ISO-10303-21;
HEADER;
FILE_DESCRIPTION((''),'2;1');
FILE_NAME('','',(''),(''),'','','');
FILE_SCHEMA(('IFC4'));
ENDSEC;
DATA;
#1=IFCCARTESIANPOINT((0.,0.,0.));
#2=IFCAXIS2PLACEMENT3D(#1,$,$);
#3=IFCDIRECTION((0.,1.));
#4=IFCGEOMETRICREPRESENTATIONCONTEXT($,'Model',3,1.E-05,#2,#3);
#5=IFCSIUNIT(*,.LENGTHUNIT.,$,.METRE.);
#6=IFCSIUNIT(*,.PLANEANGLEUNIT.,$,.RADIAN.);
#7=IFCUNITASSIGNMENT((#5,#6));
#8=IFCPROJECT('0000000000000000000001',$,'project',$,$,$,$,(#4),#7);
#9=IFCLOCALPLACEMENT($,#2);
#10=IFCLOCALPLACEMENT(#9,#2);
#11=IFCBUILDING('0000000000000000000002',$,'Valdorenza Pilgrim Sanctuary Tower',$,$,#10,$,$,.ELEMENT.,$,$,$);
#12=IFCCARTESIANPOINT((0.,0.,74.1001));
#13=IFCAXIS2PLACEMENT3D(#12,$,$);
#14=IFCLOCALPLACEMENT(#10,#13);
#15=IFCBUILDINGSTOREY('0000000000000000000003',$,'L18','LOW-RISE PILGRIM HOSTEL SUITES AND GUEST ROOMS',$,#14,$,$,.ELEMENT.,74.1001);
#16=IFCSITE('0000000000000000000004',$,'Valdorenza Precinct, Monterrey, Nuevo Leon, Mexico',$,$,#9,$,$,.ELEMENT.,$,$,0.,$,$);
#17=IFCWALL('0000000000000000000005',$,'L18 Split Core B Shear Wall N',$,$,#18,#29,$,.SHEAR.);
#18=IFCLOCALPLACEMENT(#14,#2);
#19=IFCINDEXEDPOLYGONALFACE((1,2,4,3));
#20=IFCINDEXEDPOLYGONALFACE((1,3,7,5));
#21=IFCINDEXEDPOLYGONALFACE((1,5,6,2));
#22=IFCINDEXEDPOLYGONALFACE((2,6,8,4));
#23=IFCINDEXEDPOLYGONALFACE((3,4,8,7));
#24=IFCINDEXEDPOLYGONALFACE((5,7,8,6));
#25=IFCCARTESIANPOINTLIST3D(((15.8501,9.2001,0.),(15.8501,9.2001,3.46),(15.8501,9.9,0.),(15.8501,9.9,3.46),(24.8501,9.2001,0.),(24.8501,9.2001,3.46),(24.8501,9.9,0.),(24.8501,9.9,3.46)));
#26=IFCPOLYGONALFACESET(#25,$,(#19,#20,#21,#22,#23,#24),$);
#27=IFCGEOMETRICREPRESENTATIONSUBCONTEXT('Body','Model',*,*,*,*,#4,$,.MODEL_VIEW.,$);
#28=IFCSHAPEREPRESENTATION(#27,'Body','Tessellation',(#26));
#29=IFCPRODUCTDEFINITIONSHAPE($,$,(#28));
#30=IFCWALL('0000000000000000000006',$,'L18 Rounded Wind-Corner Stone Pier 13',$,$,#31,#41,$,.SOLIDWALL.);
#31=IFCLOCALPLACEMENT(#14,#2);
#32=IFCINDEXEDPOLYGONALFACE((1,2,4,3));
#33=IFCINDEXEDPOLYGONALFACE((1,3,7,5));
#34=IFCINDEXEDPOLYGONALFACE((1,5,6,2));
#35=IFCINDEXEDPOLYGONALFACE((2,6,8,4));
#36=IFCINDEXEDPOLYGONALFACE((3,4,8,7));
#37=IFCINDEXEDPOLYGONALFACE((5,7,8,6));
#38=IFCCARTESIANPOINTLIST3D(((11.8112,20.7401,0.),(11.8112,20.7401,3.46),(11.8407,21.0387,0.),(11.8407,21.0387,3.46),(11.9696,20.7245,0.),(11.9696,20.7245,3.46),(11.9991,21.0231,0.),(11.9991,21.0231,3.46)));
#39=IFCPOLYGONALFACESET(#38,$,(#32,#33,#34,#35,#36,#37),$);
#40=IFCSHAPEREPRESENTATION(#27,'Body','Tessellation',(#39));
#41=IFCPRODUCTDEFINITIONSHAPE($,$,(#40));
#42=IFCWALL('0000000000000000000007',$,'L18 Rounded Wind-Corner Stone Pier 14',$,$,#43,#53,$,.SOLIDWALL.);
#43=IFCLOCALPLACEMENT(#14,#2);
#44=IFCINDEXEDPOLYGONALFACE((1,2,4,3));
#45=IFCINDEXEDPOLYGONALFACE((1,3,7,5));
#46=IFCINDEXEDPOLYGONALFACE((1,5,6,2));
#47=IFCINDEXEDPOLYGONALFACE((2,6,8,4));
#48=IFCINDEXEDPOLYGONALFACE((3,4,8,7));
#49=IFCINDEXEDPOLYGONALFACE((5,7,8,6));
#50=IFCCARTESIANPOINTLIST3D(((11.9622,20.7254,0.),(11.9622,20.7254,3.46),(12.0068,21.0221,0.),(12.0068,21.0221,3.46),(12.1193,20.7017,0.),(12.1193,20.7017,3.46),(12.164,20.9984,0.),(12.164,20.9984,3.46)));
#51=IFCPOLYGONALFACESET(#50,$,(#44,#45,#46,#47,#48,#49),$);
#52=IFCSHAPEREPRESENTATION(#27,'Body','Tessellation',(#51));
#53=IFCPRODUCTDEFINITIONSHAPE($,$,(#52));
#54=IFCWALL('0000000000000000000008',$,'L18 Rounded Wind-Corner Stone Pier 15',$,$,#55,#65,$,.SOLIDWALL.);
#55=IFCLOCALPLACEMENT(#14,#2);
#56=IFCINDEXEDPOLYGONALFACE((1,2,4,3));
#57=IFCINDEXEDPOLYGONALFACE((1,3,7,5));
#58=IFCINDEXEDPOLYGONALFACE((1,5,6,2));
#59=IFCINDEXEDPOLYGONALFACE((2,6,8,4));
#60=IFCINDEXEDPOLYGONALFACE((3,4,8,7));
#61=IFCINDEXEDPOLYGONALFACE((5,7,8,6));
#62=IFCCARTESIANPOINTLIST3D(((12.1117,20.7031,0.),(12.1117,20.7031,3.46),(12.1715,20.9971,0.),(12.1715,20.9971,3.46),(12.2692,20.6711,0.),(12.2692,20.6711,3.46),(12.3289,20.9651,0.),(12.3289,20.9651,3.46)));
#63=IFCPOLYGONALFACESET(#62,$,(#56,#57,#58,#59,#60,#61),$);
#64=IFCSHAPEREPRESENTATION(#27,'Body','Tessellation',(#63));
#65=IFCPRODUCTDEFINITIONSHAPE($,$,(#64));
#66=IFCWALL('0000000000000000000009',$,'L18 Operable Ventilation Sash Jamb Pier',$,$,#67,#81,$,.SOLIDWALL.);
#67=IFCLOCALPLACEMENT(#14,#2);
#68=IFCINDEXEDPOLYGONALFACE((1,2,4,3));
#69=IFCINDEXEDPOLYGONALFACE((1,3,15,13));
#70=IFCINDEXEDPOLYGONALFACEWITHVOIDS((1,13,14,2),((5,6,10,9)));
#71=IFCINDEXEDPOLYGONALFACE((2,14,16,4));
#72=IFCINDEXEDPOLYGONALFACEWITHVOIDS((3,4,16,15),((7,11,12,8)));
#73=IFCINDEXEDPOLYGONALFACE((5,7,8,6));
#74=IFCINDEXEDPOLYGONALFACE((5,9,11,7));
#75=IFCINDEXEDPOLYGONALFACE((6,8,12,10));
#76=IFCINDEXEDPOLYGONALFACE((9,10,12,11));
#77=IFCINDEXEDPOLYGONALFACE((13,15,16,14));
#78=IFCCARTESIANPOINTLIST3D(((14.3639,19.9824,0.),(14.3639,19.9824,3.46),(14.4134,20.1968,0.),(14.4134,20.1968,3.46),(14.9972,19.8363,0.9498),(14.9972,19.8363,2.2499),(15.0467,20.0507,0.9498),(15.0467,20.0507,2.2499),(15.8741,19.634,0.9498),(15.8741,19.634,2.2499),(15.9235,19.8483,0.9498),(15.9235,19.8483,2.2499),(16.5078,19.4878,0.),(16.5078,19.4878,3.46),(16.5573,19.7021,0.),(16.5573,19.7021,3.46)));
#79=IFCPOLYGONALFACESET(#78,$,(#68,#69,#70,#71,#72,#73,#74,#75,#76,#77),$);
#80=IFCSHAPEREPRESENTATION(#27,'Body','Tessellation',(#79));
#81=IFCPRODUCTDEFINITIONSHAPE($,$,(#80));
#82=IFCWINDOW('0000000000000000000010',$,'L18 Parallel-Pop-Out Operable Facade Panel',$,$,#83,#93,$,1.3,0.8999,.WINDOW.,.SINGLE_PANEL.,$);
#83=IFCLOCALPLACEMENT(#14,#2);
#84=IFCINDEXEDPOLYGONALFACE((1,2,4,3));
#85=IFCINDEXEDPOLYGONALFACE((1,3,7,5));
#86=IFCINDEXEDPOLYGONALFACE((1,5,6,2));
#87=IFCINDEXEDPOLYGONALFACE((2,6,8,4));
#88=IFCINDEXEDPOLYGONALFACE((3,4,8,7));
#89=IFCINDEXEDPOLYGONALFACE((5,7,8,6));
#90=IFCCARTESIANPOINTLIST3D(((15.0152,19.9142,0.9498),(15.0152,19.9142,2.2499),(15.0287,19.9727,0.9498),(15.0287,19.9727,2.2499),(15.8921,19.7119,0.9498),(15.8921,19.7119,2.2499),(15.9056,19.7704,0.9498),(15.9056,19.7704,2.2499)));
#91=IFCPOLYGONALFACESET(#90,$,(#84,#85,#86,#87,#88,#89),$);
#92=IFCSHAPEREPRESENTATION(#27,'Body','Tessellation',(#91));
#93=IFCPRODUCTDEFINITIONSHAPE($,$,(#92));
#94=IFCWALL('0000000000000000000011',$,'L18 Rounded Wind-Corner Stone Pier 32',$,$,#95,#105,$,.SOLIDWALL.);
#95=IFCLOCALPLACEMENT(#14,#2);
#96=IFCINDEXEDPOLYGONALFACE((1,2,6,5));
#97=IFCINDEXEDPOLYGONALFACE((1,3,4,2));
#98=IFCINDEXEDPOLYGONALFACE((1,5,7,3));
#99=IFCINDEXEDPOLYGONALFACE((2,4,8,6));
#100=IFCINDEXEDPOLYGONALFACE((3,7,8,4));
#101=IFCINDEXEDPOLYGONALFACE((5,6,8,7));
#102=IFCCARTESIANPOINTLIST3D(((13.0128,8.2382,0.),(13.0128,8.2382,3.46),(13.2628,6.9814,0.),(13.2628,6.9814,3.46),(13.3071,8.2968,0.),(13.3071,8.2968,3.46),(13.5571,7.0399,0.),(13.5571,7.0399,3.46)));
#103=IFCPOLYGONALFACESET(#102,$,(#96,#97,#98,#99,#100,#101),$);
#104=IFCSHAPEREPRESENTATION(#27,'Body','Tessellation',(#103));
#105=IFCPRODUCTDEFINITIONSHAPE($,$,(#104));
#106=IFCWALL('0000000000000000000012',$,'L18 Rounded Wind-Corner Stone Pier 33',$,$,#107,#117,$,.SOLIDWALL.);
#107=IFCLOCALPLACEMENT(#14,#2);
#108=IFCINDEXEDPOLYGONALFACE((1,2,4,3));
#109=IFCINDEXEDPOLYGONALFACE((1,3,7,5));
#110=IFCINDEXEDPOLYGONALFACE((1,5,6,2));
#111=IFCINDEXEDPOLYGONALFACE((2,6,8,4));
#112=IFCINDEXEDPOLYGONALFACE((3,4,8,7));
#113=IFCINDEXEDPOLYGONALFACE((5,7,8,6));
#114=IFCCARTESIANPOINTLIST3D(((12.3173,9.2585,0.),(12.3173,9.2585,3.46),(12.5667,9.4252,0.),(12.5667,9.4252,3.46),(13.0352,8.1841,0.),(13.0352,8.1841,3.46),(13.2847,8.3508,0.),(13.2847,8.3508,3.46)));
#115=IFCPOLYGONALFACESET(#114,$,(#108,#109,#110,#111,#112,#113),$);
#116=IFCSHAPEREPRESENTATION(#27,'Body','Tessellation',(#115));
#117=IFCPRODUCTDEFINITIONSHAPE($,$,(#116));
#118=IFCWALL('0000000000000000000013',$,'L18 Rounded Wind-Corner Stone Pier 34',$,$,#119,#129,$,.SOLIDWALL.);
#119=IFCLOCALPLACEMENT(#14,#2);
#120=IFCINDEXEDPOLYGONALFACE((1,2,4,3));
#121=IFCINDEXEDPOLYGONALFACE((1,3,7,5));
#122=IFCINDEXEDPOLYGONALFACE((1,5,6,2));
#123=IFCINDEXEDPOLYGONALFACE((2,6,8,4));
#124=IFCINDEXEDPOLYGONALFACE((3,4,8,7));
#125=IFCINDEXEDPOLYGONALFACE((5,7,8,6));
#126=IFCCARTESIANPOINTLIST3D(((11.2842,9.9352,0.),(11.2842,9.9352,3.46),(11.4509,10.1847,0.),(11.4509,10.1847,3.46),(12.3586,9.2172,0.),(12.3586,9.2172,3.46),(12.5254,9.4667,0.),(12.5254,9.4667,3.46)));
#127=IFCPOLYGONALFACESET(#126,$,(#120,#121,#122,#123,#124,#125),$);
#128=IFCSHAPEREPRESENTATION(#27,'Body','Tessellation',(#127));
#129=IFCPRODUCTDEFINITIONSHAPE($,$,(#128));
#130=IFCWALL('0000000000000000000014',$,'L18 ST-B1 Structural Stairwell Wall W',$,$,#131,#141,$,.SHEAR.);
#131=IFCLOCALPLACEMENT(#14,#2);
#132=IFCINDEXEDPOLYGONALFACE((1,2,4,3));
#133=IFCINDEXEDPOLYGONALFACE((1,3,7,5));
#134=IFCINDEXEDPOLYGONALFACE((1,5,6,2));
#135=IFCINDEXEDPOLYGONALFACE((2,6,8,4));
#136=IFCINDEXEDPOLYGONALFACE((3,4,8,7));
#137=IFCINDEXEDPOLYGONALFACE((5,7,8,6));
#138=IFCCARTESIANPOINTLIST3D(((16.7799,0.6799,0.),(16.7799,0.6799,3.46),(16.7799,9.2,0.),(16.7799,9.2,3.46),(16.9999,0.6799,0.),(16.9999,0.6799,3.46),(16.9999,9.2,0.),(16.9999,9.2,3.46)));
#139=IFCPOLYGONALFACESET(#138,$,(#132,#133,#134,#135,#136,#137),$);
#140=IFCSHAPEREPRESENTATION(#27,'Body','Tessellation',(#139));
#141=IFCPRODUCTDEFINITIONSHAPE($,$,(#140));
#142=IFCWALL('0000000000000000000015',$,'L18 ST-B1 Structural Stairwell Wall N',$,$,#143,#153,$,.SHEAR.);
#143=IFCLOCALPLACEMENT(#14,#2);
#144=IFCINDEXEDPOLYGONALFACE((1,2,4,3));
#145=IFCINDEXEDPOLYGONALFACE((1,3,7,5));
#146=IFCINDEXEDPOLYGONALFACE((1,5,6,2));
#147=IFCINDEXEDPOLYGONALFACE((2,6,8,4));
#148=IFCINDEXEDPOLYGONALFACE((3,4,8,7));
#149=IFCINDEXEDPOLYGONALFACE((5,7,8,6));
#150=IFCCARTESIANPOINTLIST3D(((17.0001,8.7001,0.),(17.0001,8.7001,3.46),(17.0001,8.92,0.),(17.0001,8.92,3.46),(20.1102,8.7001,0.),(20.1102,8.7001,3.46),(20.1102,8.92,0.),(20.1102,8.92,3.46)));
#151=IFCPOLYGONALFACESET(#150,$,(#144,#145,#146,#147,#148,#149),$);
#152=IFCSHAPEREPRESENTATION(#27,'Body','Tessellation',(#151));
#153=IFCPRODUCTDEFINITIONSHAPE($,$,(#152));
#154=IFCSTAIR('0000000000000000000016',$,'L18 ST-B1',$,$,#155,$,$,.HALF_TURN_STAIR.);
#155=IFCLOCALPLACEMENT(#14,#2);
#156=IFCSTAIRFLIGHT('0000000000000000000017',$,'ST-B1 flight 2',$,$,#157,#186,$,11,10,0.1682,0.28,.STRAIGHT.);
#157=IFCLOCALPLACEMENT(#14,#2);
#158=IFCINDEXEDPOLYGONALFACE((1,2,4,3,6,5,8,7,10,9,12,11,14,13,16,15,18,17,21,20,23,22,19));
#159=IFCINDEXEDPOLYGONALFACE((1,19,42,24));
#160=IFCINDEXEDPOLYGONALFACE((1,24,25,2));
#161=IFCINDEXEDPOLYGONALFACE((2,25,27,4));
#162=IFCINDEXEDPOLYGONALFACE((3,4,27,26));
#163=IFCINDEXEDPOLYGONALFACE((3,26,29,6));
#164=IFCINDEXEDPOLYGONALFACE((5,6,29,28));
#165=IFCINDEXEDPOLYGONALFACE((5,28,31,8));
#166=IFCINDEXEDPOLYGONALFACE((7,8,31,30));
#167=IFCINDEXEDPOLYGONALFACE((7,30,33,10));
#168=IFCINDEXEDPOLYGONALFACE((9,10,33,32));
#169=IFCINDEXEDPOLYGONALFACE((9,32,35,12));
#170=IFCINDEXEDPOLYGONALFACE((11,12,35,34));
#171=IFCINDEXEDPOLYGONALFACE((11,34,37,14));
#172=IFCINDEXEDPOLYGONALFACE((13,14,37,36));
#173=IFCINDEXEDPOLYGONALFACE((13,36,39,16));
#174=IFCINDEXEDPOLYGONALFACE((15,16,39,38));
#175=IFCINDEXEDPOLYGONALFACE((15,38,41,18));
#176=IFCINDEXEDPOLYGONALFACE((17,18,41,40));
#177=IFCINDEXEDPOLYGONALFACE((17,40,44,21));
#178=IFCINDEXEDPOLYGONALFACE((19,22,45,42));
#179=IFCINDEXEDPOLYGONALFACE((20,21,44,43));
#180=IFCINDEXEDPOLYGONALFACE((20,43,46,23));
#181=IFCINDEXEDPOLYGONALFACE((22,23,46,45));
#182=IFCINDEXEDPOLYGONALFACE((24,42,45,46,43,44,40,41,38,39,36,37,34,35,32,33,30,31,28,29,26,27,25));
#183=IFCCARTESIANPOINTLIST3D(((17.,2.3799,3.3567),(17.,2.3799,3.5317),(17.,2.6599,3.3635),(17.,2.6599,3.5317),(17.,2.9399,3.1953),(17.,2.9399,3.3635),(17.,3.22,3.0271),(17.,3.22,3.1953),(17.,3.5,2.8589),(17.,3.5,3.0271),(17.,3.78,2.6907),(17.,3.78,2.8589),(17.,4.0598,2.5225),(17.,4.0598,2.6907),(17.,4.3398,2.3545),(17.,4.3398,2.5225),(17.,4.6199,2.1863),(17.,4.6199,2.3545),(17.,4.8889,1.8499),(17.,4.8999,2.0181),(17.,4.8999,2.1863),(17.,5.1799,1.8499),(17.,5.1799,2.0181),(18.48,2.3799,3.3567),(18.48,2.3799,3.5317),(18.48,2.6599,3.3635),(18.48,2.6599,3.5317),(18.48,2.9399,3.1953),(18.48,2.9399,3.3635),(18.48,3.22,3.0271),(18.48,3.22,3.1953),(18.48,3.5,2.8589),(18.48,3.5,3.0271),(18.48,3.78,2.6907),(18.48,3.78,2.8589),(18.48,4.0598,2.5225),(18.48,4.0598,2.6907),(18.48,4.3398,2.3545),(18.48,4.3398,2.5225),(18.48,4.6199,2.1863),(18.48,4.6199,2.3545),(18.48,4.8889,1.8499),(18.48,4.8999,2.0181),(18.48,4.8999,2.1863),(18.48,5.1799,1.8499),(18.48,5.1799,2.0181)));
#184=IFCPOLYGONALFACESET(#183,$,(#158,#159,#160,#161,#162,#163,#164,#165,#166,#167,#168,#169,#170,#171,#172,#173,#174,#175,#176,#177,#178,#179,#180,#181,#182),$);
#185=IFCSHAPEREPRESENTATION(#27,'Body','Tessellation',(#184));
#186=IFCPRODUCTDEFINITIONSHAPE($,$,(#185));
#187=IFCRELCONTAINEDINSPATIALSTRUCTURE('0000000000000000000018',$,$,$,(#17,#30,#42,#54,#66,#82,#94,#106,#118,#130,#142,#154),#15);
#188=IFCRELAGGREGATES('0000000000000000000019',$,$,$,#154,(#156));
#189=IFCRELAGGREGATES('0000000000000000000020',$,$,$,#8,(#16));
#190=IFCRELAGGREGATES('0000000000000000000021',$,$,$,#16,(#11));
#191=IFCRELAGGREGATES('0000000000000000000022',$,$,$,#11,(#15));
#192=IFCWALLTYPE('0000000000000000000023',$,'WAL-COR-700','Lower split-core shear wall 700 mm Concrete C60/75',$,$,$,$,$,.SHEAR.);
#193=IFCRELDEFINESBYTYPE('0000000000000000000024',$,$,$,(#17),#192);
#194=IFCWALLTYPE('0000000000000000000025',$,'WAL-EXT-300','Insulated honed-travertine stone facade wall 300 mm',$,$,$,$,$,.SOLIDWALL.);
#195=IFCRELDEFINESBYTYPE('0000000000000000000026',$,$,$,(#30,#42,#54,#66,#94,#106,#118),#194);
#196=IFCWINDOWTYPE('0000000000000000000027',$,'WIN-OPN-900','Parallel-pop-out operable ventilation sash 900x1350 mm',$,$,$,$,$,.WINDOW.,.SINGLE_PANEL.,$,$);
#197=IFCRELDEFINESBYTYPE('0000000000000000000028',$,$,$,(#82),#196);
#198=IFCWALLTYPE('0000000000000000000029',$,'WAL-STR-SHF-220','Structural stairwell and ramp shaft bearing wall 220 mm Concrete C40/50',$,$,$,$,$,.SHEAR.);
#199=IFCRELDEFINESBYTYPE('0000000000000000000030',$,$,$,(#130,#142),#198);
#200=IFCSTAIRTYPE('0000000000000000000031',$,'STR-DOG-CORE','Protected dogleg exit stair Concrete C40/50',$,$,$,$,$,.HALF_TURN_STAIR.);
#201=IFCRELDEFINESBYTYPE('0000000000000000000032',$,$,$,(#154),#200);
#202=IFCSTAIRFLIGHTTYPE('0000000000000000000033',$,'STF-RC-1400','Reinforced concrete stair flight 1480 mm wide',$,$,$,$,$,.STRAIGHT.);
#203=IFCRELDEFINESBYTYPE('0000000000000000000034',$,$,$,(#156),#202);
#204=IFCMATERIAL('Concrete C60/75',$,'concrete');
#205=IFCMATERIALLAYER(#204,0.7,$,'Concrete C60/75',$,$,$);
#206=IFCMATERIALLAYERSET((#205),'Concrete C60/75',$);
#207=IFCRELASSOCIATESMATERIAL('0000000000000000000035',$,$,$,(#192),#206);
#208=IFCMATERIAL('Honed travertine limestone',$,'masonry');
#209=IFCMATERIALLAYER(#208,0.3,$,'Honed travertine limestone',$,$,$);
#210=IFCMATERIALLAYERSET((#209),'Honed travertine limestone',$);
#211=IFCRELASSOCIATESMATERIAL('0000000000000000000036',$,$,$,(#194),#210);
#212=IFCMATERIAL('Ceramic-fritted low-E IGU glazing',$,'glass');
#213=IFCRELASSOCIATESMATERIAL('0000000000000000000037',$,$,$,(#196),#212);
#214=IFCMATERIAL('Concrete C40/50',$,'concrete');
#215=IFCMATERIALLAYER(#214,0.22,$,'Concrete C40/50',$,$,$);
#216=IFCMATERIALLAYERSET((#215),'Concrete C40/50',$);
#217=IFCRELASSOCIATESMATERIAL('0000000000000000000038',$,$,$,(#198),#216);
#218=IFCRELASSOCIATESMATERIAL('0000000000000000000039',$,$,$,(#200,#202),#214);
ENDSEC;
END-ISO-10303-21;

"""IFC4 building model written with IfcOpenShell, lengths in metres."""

from ifc_helpers import new_model, si_unit, direction, frame, frame_2d, origin, place, context, subcontext, project, spatial, polyline, rectangle, outline, extrude, material, layer, layer_set, type_object, element, fill, aggregate, save


model = new_model("IFC4")

# Units and contexts
model_context = context("Model", 3, precision=1e-05, world=origin(), true_north=direction((0.0, 1.0)))
body_context = subcontext(model_context, "Body", "Model", "MODEL_VIEW")
ifc_project = project(units=[si_unit("LENGTHUNIT", "METRE"), si_unit("PLANEANGLEUNIT", "RADIAN")], contexts=[model_context])

# Site, building, storey
site_placement = place(None, origin())
site = spatial("IfcSite", under=ifc_project, at=site_placement, Name="Valdorenza Precinct, Monterrey, Nuevo Leon, Mexico", CompositionType="ELEMENT", RefElevation=0.0)
building_placement = place(site_placement, origin())
building = spatial("IfcBuilding", under=site, at=building_placement, Name="Valdorenza Pilgrim Sanctuary Tower", CompositionType="ELEMENT")
storey_placement = place(building_placement, frame((0.0, 0.0, 74.1001)))
storey = spatial("IfcBuildingStorey", under=building, at=storey_placement, Name="L18", Description="LOW-RISE PILGRIM HOSTEL SUITES AND GUEST ROOMS", CompositionType="ELEMENT", Elevation=74.1001)

# Shared definitions
ifc_material_1 = material(Name="Concrete C60/75", Category="concrete")

# Shared definitions
ifc_material_2 = material(Name="Honed travertine limestone", Category="masonry")
ifc_material_3 = material(Name="Ceramic-fritted low-E IGU glazing", Category="glass")

# Walls
ifc_layer_1 = layer(ifc_material_1, 0.7, Name="Concrete C60/75")
ifc_layer_set_1 = layer_set([ifc_layer_1], Name="Concrete C60/75")
wall_type_1 = type_object("IfcWallType", Name="WAL-COR-700", Description="Lower split-core shear wall 700 mm Concrete C60/75", PredefinedType="SHEAR", material=ifc_layer_set_1)
wall_1_placement = place(storey_placement, frame((15.8501, 9.55, 0.0), z_axis=(0.0, 0.0, 1.0), x_axis=(1.0, 0.0, 0.0)))
element("IfcWall", 1, at=wall_1_placement, inside=storey, type_object=wall_type_1, Name="L18 Split Core B Shear Wall N", PredefinedType="SHEAR", context=body_context, shape_type="SweptSolid", body=[
    extrude(rectangle(XDim=9.0, YDim=0.7, at=frame_2d((4.5, 0.0))), origin(), (0.0, 0.0, 1.0), 3.46),
])
ifc_layer_2 = layer(ifc_material_2, 0.3, Name="Honed travertine limestone")
ifc_layer_set_2 = layer_set([ifc_layer_2], Name="Honed travertine limestone")
wall_type_2 = type_object("IfcWallType", Name="WAL-EXT-300", Description="Insulated honed-travertine stone facade wall 300 mm", PredefinedType="SOLIDWALL", material=ifc_layer_set_2)
wall_2_placement = place(storey_placement, frame((11.8259, 20.8894, 0.0), z_axis=(0.0, 0.0, 1.0), x_axis=(0.995173, -0.098137, 0.0)))
element("IfcWall", 2, at=wall_2_placement, inside=storey, type_object=wall_type_2, Name="L18 Rounded Wind-Corner Stone Pier 13", PredefinedType="SOLIDWALL", context=body_context, shape_type="SweptSolid", body=[
    extrude(rectangle(XDim=0.1592, YDim=0.3, at=frame_2d((0.0796, 0.0))), origin(), (0.0, 0.0, 1.0), 3.46),
])
wall_3_placement = place(storey_placement, frame((11.9844, 20.8738, 0.0), z_axis=(0.0, 0.0, 1.0), x_axis=(0.988846, -0.148941, 0.0)))
element("IfcWall", 3, at=wall_3_placement, inside=storey, type_object=wall_type_2, Name="L18 Rounded Wind-Corner Stone Pier 14", PredefinedType="SOLIDWALL", context=body_context, shape_type="SweptSolid", body=[
    extrude(rectangle(XDim=0.1589, YDim=0.3, at=frame_2d((0.0796, 0.0))), origin(), (0.0, 0.0, 1.0), 3.46),
])
wall_4_placement = place(storey_placement, frame((12.1416, 20.8501, 0.0), z_axis=(0.0, 0.0, 1.0), x_axis=(0.979992, -0.199037, 0.0)))
element("IfcWall", 4, at=wall_4_placement, inside=storey, type_object=wall_type_2, Name="L18 Rounded Wind-Corner Stone Pier 15", PredefinedType="SOLIDWALL", context=body_context, shape_type="SweptSolid", body=[
    extrude(rectangle(XDim=0.1606, YDim=0.3, at=frame_2d((0.0803, 0.0))), origin(), (0.0, 0.0, 1.0), 3.46),
])

# Wall, opening, window
wall_5_placement = place(storey_placement, frame((14.3887, 20.0896, 0.0), z_axis=(0.0, 0.0, 1.0), x_axis=(0.974401, -0.224819, 0.0)))
wall_5 = element("IfcWall", 5, at=wall_5_placement, inside=storey, type_object=wall_type_2, Name="L18 Operable Ventilation Sash Jamb Pier", PredefinedType="SOLIDWALL", context=body_context, shape_type="SweptSolid", body=[
    extrude(rectangle(XDim=2.2002, YDim=0.22, at=frame_2d((1.1001, 0.0))), origin(), (0.0, 0.0, 1.0), 3.46),
])
opening_1_placement = place(wall_5_placement, frame((0.6499, 0.0, 0.95)))
opening_1 = element("IfcOpeningElement", 6, at=opening_1_placement, cuts=wall_5, PredefinedType="OPENING", context=body_context, shape_type="SweptSolid", body=[
    extrude(rectangle(XDim=0.8999, YDim=1.3, at=frame_2d((0.45, 0.6499))), frame((0.0, 0.125, 0.0), z_axis=(0.0, -1.0, 0.0), x_axis=(1.0, 0.0, 0.0)), (0.0, 0.0, 1.0), 0.2498),
])
window_type = type_object("IfcWindowType", Name="WIN-OPN-900", Description="Parallel-pop-out operable ventilation sash 900x1350 mm", PartitioningType="SINGLE_PANEL", PredefinedType="WINDOW", material=ifc_material_3)
window_placement = place(opening_1_placement, origin())
window = element("IfcWindow", 7, at=window_placement, inside=storey, type_object=window_type, Name="L18 Parallel-Pop-Out Operable Facade Panel", OverallHeight=1.3, OverallWidth=0.8999, PartitioningType="SINGLE_PANEL", PredefinedType="WINDOW", context=body_context, shape_type="SweptSolid", body=[
    extrude(rectangle(XDim=0.8999, YDim=1.3, at=frame_2d((0.45, 0.6499))), frame((0.0, 0.03, 0.0), z_axis=(0.0, -1.0, 0.0), x_axis=(1.0, 0.0, 0.0)), (0.0, 0.0, 1.0), 0.0601),
])
fill(opening_1, window)

# Walls
wall_6_placement = place(storey_placement, frame((13.4099, 7.0107, 0.0), z_axis=(0.0, 0.0, 1.0), x_axis=(-0.19509, 0.980785, 0.0)))
element("IfcWall", 8, at=wall_6_placement, inside=storey, type_object=wall_type_2, Name="L18 Rounded Wind-Corner Stone Pier 32", PredefinedType="SOLIDWALL", context=body_context, shape_type="SweptSolid", body=[
    extrude(rectangle(XDim=1.2815, YDim=0.3, at=frame_2d((0.6406, 0.0))), origin(), (0.0, 0.0, 1.0), 3.46),
])
for number, where, z_axis, x_axis, name in (
    (9, (13.1599, 8.2676, 0.0), (0.0, 0.0, 1.0), (-0.555615, 0.831439, 0.0), "L18 Rounded Wind-Corner Stone Pier 33"),
    (10, (12.4419, 9.342, 0.0), (0.0, 0.0, 1.0), (-0.831439, 0.555615, 0.0), "L18 Rounded Wind-Corner Stone Pier 34"),
):
    element("IfcWall", number, at=place(storey_placement, frame(where, z_axis=z_axis, x_axis=x_axis)), inside=storey, type_object=wall_type_2, Name=name, PredefinedType="SOLIDWALL", context=body_context, shape_type="SweptSolid", body=[
        extrude(rectangle(XDim=1.2922, YDim=0.3, at=frame_2d((0.646, 0.0))), origin(), (0.0, 0.0, 1.0), 3.46),
    ])
ifc_material_4 = material(Name="Concrete C40/50", Category="concrete")
ifc_layer_3 = layer(ifc_material_4, 0.22, Name="Concrete C40/50")
ifc_layer_set_3 = layer_set([ifc_layer_3], Name="Concrete C40/50")
wall_type_3 = type_object("IfcWallType", Name="WAL-STR-SHF-220", Description="Structural stairwell and ramp shaft bearing wall 220 mm Concrete C40/50", PredefinedType="SHEAR", material=ifc_layer_set_3)
wall_7_placement = place(storey_placement, frame((16.8899, 0.6799, 0.0), z_axis=(0.0, 0.0, 1.0), x_axis=(0.0, 1.0, 0.0)))
element("IfcWall", 11, at=wall_7_placement, inside=storey, type_object=wall_type_3, Name="L18 ST-B1 Structural Stairwell Wall W", PredefinedType="SHEAR", context=body_context, shape_type="SweptSolid", body=[
    extrude(rectangle(XDim=8.52, YDim=0.22, at=frame_2d((4.26, 0.0))), origin(), (0.0, 0.0, 1.0), 3.46),
])

# Wall
wall_8_placement = place(storey_placement, frame((17.0, 8.8101, 0.0), z_axis=(0.0, 0.0, 1.0), x_axis=(1.0, 0.0, 0.0)))
element("IfcWall", 12, at=wall_8_placement, inside=storey, type_object=wall_type_3, Name="L18 ST-B1 Structural Stairwell Wall N", PredefinedType="SHEAR", context=body_context, shape_type="SweptSolid", body=[
    extrude(rectangle(XDim=3.1101, YDim=0.22, at=frame_2d((1.5552, 0.0))), origin(), (0.0, 0.0, 1.0), 3.46),
])

# Stair, stair flight
stair_type = type_object("IfcStairType", Name="STR-DOG-CORE", Description="Protected dogleg exit stair Concrete C40/50", PredefinedType="HALF_TURN_STAIR", material=ifc_material_4)
stair_placement = place(storey_placement, origin())
stair = element("IfcStair", 13, at=stair_placement, inside=storey, type_object=stair_type, Name="L18 ST-B1", PredefinedType="HALF_TURN_STAIR")
stair_flight_type = type_object("IfcStairFlightType", Name="STF-RC-1400", Description="Reinforced concrete stair flight 1480 mm wide", PredefinedType="STRAIGHT", material=ifc_material_4)
stair_flight_placement = place(storey_placement, frame((17.74, 5.1799, 1.8499), z_axis=(0.0, 0.0, 1.0), x_axis=(0.0, -1.0, 0.0)))
stair_flight = element("IfcStairFlight", 14, at=stair_flight_placement, type_object=stair_flight_type, Name="ST-B1 flight 2", NumberOfRisers=11, NumberOfTreads=10, PredefinedType="STRAIGHT", RiserHeight=0.1682, TreadLength=0.28, context=body_context, shape_type="SweptSolid", body=[
    extrude(outline(polyline([(0.0, 0.0), (0.0, 0.1682), (0.28, 0.1682), (0.28, 0.3364), (0.5601, 0.3364), (0.5601, 0.5046), (0.8401, 0.5046), (0.8401, 0.6726), (1.1201, 0.6726), (1.1201, 0.8408), (1.3999, 0.8408), (1.3999, 1.009), (1.6799, 1.009), (1.6799, 1.1772), (1.96, 1.1772), (1.96, 1.3455), (2.24, 1.3455), (2.24, 1.5137), (2.52, 1.5137), (2.52, 1.6819), (2.8, 1.6819), (2.8, 1.8501), (2.8, 1.5068), (0.291, 0.0), (0.0, 0.0)])), frame((0.0, 0.74, 0.0), z_axis=(0.0, -1.0, 0.0), x_axis=(1.0, 0.0, 0.0)), (0.0, 0.0, 1.0), 1.48),
])
aggregate(stair, [stair_flight])

save(model, "model.ifc")
